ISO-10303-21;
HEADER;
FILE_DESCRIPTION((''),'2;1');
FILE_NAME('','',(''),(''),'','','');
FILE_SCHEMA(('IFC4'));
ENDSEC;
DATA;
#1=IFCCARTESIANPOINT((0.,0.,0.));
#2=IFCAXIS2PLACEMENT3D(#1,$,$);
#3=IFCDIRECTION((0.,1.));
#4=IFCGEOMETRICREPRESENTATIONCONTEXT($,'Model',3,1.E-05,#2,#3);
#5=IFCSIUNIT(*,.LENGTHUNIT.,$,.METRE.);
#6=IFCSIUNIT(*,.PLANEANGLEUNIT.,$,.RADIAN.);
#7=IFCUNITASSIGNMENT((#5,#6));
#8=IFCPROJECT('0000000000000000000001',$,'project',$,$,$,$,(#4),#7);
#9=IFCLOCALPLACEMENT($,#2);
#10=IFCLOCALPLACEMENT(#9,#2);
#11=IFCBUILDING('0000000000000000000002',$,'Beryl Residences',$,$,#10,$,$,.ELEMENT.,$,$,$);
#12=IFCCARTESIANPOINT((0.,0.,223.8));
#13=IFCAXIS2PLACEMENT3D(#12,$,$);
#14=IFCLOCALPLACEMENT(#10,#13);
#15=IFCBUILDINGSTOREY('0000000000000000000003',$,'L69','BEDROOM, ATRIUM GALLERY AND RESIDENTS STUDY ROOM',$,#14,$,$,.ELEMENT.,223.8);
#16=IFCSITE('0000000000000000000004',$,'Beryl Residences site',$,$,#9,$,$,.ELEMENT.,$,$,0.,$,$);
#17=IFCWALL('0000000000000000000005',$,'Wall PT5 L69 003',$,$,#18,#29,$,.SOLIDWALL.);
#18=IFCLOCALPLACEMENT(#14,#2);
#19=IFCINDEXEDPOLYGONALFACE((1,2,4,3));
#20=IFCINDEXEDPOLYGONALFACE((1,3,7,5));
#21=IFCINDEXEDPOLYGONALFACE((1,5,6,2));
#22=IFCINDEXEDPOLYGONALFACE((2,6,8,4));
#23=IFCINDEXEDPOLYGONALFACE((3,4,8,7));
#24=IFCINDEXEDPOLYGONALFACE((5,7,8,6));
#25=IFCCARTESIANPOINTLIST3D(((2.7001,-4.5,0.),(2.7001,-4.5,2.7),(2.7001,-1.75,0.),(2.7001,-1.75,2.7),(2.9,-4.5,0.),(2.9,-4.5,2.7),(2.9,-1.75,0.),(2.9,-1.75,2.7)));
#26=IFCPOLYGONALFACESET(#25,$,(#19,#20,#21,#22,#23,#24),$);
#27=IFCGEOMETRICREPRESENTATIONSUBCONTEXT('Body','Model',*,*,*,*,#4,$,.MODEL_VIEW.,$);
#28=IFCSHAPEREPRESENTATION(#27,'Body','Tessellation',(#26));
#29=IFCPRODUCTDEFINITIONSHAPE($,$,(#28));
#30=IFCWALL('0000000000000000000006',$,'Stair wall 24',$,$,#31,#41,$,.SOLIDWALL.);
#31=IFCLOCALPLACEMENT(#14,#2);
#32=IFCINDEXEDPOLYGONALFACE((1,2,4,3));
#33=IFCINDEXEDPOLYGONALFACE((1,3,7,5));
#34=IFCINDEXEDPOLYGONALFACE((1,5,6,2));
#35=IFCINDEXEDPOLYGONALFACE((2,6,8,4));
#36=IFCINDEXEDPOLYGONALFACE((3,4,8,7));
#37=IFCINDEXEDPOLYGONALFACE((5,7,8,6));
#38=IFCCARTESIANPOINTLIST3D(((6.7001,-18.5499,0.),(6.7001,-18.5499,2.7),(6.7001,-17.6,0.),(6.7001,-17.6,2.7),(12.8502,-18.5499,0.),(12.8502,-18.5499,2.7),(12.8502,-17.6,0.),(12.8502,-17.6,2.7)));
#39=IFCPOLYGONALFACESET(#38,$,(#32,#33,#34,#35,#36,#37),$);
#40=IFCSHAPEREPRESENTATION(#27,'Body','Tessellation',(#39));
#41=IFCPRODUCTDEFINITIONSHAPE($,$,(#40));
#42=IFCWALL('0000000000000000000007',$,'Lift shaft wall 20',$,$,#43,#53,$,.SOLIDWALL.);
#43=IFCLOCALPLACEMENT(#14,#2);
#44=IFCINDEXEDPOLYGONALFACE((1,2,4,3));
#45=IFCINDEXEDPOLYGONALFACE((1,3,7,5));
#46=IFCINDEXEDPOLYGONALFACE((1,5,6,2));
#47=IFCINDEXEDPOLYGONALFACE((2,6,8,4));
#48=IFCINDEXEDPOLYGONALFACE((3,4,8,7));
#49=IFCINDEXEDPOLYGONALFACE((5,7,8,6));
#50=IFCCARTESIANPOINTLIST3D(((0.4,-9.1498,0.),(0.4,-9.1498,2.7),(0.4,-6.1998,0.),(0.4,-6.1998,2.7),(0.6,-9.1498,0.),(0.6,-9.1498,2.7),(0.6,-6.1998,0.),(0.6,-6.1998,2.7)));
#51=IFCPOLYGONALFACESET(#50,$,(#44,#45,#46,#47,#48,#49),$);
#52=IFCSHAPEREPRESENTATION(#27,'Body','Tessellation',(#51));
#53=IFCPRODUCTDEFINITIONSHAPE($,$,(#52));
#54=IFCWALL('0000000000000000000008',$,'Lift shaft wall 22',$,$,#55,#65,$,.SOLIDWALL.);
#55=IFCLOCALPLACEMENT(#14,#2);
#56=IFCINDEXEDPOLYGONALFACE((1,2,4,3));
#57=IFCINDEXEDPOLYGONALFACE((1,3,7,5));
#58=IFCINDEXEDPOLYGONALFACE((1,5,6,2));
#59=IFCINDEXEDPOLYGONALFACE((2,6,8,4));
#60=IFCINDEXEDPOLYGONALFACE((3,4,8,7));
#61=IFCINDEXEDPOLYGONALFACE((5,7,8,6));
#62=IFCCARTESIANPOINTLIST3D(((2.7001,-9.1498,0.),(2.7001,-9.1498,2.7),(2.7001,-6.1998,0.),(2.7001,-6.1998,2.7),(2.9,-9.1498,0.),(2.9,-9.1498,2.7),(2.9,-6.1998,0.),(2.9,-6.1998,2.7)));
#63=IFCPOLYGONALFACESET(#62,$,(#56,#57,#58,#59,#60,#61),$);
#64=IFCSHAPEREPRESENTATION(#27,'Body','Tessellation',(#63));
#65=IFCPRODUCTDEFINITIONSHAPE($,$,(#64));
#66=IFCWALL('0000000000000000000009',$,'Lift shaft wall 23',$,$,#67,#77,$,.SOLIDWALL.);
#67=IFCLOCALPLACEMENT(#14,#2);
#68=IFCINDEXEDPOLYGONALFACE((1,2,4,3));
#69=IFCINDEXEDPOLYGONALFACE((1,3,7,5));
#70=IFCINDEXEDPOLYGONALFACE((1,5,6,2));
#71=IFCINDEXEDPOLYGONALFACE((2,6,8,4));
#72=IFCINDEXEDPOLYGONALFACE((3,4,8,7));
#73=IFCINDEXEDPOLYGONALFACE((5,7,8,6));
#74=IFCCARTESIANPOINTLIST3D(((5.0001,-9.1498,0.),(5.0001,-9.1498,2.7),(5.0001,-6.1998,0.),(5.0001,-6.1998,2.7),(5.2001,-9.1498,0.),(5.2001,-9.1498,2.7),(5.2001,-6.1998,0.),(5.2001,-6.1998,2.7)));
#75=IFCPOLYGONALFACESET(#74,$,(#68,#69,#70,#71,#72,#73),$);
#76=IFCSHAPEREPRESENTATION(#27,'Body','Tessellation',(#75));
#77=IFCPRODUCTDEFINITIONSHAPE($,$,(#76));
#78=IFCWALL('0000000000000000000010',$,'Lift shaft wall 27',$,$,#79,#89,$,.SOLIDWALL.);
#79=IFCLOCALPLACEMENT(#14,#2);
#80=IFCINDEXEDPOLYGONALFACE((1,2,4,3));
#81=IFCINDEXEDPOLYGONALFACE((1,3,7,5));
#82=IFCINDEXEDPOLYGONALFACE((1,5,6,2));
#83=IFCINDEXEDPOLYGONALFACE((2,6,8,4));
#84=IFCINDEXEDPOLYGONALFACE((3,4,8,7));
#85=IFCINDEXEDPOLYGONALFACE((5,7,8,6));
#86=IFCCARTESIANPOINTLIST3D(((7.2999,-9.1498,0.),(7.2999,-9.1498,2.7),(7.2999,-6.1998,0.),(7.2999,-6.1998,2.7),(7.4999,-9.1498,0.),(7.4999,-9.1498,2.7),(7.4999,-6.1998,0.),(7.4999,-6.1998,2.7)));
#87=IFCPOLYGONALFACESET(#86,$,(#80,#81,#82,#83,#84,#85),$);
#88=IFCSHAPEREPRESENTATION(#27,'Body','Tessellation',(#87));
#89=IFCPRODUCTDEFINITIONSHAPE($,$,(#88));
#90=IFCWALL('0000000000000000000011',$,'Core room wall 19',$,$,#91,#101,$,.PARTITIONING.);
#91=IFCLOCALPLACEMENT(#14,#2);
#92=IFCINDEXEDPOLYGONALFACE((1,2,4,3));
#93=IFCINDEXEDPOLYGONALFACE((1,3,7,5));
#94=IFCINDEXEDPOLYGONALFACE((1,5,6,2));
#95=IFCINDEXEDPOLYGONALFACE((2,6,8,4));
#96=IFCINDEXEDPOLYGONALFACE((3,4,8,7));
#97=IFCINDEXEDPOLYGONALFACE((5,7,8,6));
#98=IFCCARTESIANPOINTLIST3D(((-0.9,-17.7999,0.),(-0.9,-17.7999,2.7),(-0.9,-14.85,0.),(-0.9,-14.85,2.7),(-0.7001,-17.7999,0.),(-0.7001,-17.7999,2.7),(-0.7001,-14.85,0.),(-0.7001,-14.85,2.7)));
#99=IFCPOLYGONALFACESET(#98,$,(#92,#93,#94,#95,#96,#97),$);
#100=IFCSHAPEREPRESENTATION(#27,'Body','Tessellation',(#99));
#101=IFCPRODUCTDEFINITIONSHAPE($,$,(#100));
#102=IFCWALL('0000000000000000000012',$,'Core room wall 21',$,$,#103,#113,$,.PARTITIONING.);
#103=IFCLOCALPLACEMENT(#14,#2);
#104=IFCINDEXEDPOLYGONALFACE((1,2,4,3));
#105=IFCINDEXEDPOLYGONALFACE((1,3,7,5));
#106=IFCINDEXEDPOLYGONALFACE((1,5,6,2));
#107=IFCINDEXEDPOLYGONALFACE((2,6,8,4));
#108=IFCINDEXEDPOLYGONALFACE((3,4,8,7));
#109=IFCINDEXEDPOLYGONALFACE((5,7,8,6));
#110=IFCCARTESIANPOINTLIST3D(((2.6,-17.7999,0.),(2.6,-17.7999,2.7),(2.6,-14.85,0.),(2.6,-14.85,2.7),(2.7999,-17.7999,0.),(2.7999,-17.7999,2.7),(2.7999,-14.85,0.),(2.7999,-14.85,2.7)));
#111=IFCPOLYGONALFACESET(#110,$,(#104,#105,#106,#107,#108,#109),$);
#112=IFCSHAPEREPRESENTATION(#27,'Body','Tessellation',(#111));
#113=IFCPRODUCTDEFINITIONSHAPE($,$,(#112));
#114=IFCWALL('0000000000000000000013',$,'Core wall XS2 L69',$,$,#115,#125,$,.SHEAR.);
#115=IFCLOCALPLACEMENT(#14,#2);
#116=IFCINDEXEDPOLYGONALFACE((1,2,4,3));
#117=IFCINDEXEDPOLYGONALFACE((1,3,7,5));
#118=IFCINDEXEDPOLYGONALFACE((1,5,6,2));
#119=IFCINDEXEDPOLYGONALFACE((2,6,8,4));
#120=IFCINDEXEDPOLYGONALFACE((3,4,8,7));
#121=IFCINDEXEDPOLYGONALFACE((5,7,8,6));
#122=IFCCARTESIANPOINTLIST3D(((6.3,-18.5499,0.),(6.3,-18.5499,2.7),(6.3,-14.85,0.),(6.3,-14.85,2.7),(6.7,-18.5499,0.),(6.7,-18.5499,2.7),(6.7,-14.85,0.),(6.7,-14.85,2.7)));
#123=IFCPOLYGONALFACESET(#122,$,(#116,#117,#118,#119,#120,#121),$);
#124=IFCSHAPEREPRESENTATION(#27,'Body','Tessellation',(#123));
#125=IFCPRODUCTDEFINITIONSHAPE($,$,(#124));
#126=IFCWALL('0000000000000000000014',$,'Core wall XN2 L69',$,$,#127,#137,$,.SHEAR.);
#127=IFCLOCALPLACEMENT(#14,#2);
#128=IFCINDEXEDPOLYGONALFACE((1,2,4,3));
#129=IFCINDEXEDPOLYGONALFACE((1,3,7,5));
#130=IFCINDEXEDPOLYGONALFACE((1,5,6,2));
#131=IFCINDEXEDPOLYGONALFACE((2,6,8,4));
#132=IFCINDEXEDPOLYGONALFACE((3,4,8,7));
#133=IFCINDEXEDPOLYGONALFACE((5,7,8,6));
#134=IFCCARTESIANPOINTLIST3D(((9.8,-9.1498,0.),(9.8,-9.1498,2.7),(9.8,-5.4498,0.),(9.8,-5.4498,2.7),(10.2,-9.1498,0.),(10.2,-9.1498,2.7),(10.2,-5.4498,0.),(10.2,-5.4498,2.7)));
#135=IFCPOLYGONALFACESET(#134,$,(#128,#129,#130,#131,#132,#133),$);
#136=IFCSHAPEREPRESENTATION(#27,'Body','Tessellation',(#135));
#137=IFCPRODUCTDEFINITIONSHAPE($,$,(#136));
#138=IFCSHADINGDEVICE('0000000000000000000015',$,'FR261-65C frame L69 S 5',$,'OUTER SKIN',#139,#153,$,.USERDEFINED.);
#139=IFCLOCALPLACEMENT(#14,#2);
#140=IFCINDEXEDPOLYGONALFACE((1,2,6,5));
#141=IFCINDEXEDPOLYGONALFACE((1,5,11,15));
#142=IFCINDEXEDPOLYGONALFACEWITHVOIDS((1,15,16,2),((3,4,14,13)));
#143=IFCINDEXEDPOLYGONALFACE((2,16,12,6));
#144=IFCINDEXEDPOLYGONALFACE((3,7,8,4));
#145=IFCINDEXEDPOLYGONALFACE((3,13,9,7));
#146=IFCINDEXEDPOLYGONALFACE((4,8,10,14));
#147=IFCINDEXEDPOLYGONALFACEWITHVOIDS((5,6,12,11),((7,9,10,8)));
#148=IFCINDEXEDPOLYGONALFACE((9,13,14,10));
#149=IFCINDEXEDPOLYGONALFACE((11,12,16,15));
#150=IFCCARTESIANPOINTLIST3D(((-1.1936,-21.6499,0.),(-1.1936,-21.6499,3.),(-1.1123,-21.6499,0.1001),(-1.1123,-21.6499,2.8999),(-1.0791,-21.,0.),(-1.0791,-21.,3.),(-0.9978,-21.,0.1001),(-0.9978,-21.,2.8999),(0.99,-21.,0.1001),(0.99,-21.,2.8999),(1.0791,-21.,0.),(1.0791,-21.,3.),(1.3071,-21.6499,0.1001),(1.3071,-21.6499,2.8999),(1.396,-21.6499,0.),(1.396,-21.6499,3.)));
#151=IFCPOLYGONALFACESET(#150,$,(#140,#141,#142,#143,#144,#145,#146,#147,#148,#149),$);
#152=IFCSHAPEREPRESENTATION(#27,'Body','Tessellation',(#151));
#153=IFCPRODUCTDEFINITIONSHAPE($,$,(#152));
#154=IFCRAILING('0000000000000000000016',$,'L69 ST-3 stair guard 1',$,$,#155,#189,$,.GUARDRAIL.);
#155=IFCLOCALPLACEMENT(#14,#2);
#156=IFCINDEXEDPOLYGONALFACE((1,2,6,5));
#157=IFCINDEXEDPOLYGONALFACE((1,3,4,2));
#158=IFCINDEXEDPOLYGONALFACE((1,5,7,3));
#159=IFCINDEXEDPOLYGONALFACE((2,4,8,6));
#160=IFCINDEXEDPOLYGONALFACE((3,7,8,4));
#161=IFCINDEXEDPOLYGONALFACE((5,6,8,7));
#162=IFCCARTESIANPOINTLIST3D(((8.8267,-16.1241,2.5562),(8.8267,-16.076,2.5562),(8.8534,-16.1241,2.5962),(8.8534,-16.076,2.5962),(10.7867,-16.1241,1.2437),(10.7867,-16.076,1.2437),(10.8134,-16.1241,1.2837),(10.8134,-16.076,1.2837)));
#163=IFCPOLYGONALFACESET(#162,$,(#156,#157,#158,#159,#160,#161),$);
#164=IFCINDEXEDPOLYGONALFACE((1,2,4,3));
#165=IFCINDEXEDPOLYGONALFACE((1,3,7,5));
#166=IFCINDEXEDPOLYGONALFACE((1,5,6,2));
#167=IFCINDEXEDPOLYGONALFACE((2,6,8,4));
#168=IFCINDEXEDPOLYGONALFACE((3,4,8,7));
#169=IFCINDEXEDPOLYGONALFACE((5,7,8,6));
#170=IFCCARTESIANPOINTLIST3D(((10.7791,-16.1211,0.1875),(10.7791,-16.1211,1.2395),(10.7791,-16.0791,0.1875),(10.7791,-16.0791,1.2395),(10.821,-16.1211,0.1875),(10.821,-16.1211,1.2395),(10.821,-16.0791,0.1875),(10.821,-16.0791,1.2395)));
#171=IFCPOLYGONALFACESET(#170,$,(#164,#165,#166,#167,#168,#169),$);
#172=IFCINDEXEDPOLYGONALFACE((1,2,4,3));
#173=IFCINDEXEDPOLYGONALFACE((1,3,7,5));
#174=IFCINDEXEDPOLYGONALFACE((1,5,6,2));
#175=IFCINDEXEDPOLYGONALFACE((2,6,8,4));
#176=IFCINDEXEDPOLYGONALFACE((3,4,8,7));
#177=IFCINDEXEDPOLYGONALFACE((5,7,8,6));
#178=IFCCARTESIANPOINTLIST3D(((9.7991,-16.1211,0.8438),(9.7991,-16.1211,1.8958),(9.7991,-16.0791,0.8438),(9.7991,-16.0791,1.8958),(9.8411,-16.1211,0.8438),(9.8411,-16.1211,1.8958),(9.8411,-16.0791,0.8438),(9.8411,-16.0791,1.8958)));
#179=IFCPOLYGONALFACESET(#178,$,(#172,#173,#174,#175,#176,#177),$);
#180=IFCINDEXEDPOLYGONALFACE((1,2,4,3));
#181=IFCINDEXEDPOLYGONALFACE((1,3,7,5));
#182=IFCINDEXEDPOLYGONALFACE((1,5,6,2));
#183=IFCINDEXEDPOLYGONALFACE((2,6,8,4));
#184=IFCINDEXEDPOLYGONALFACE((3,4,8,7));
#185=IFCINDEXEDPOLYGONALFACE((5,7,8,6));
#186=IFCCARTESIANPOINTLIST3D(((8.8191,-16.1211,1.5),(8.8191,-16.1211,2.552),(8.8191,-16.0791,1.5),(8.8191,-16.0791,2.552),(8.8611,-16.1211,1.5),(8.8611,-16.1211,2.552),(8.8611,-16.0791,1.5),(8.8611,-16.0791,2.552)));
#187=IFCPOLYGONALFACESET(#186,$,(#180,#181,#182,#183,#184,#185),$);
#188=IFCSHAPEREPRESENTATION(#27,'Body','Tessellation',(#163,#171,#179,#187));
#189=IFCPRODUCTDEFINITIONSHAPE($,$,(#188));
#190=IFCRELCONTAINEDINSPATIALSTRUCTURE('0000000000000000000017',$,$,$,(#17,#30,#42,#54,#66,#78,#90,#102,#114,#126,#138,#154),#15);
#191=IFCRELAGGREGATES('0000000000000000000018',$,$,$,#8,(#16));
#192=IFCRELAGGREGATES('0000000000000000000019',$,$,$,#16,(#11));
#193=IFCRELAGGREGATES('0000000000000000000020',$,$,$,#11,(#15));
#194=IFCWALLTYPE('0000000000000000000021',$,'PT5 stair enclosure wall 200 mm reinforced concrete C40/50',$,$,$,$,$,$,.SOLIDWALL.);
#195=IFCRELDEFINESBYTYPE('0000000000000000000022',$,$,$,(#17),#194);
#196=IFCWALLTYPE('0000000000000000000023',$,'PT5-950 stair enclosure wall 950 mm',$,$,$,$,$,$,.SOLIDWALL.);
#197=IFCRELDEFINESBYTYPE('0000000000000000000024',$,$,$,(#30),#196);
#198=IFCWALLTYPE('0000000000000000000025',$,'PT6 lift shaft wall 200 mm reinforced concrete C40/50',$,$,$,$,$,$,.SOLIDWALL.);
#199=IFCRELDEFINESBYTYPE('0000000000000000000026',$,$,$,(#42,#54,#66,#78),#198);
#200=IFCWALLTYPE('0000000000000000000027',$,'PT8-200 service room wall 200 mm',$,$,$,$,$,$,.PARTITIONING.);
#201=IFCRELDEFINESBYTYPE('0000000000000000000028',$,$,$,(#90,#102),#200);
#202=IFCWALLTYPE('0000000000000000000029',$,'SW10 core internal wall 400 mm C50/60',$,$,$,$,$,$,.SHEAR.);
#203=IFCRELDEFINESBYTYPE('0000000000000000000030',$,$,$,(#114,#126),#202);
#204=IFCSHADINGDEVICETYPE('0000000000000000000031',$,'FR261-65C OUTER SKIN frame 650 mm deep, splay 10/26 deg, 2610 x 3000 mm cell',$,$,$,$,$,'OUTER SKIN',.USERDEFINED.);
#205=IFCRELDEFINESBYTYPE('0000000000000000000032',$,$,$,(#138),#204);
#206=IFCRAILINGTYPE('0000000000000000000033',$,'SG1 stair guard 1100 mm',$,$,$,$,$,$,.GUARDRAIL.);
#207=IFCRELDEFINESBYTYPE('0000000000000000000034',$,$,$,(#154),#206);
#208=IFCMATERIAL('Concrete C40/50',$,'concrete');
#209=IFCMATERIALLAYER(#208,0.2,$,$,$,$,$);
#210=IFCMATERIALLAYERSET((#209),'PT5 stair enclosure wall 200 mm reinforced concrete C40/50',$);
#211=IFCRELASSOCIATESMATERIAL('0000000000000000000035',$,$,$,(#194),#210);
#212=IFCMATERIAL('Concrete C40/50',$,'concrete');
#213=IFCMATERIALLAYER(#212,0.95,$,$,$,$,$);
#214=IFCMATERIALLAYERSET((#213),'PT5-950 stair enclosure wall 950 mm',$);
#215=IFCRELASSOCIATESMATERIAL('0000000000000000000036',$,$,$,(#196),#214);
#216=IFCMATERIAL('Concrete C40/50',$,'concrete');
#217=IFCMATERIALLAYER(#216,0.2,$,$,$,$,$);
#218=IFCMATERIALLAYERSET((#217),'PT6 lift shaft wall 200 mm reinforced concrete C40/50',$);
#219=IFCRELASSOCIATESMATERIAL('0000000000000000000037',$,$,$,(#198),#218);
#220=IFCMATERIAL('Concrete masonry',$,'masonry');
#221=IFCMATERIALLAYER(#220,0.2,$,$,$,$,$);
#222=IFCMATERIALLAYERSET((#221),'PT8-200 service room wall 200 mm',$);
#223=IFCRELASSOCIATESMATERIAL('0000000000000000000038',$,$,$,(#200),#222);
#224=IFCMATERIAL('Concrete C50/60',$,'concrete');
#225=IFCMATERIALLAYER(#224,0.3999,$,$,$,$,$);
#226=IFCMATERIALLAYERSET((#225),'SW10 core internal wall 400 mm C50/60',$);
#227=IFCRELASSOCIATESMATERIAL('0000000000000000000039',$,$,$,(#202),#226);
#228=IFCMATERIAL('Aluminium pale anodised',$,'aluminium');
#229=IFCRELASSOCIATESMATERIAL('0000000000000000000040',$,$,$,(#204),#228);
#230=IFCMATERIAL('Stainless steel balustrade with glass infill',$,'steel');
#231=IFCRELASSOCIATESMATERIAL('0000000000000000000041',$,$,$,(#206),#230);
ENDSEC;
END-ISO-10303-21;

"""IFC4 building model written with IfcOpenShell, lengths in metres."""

from ifc_helpers import new_model, entity, si_unit, direction, frame, frame_2d, origin, origin_2d, place, context, subcontext, project, spatial, rectangle, extrude, source, transform, mapped, material, layer, layer_set, type_object, type_shapes, element, save


model = new_model("IFC4")

# Units and contexts
model_context = context("Model", 3, precision=1e-05, world=origin(), true_north=direction((0.0, 1.0)))
body_context = subcontext(model_context, "Body", "Model", "MODEL_VIEW")
ifc_project = project(units=[si_unit("LENGTHUNIT", "METRE"), si_unit("PLANEANGLEUNIT", "RADIAN")], contexts=[model_context])

# Site, building, storey
site_placement = place(None, origin())
site = spatial("IfcSite", under=ifc_project, at=site_placement, Name="Beryl Residences site", CompositionType="ELEMENT", RefElevation=0.0)
building_placement = place(site_placement, origin())
building = spatial("IfcBuilding", under=site, at=building_placement, Name="Beryl Residences", CompositionType="ELEMENT")
storey_placement = place(building_placement, frame((0.0, 0.0, 223.8)))
storey = spatial("IfcBuildingStorey", under=building, at=storey_placement, Name="L69", Description="BEDROOM, ATRIUM GALLERY AND RESIDENTS STUDY ROOM", CompositionType="ELEMENT", Elevation=223.8)

# Walls
ifc_material_1 = material(Name="Concrete C40/50", Category="concrete")
ifc_layer_1 = layer(ifc_material_1, 0.2)
ifc_layer_set_1 = layer_set([ifc_layer_1], Name="PT5 stair enclosure wall 200 mm reinforced concrete C40/50")
wall_type_1 = type_object("IfcWallType", Name="PT5 stair enclosure wall 200 mm reinforced concrete C40/50", PredefinedType="SOLIDWALL", material=ifc_layer_set_1)
wall_1_placement = place(storey_placement, frame((2.8, -4.5, 0.0), z_axis=(0.0, 0.0, 1.0), x_axis=(0.0, 1.0, 0.0)))
element("IfcWall", 1, at=wall_1_placement, inside=storey, type_object=wall_type_1, Name="Wall PT5 L69 003", PredefinedType="SOLIDWALL", context=body_context, shape_type="SweptSolid", body=[
    extrude(rectangle(XDim=2.75, YDim=0.2, at=frame_2d((1.375, 0.0))), origin(), (0.0, 0.0, 1.0), 2.7),
])
ifc_material_2 = material(Name="Concrete C40/50", Category="concrete")
ifc_layer_2 = layer(ifc_material_2, 0.95)
ifc_layer_set_2 = layer_set([ifc_layer_2], Name="PT5-950 stair enclosure wall 950 mm")
wall_type_2 = type_object("IfcWallType", Name="PT5-950 stair enclosure wall 950 mm", PredefinedType="SOLIDWALL", material=ifc_layer_set_2)
wall_2_placement = place(storey_placement, frame((6.7, -18.075, 0.0), z_axis=(0.0, 0.0, 1.0), x_axis=(1.0, 0.0, 0.0)))
element("IfcWall", 2, at=wall_2_placement, inside=storey, type_object=wall_type_2, Name="Stair wall 24", PredefinedType="SOLIDWALL", context=body_context, shape_type="SweptSolid", body=[
    extrude(rectangle(XDim=6.1501, YDim=0.95, at=frame_2d((3.0752, 0.0))), origin(), (0.0, 0.0, 1.0), 2.7),
])
ifc_material_3 = material(Name="Concrete C40/50", Category="concrete")
ifc_layer_3 = layer(ifc_material_3, 0.2)
ifc_layer_set_3 = layer_set([ifc_layer_3], Name="PT6 lift shaft wall 200 mm reinforced concrete C40/50")
wall_type_3 = type_object("IfcWallType", Name="PT6 lift shaft wall 200 mm reinforced concrete C40/50", PredefinedType="SOLIDWALL", material=ifc_layer_set_3)
for number, where, z_axis, x_axis, name in (
    (3, (0.5, -9.1499, 0.0), (0.0, 0.0, 1.0), (0.0, 1.0, 0.0), "Lift shaft wall 20"),
    (4, (2.8, -9.1499, 0.0), (0.0, 0.0, 1.0), (0.0, 1.0, 0.0), "Lift shaft wall 22"),
    (5, (5.1001, -9.1499, 0.0), (0.0, 0.0, 1.0), (0.0, 1.0, 0.0), "Lift shaft wall 23"),
    (6, (7.3999, -9.1499, 0.0), (0.0, 0.0, 1.0), (0.0, 1.0, 0.0), "Lift shaft wall 27"),
):
    element("IfcWall", number, at=place(storey_placement, frame(where, z_axis=z_axis, x_axis=x_axis)), inside=storey, type_object=wall_type_3, Name=name, PredefinedType="SOLIDWALL", context=body_context, shape_type="SweptSolid", body=[
        extrude(rectangle(XDim=2.95, YDim=0.2, at=frame_2d((1.4751, 0.0))), origin(), (0.0, 0.0, 1.0), 2.7),
    ])
ifc_material_4 = material(Name="Concrete masonry", Category="masonry")
ifc_layer_4 = layer(ifc_material_4, 0.2)
ifc_layer_set_4 = layer_set([ifc_layer_4], Name="PT8-200 service room wall 200 mm")
wall_type_4 = type_object("IfcWallType", Name="PT8-200 service room wall 200 mm", PredefinedType="PARTITIONING", material=ifc_layer_set_4)
for number, where, z_axis, x_axis, name in (
    (7, (-0.8, -17.8, 0.0), (0.0, 0.0, 1.0), (0.0, 1.0, 0.0), "Core room wall 19"),
    (8, (2.7, -17.8, 0.0), (0.0, 0.0, 1.0), (0.0, 1.0, 0.0), "Core room wall 21"),
):
    element("IfcWall", number, at=place(storey_placement, frame(where, z_axis=z_axis, x_axis=x_axis)), inside=storey, type_object=wall_type_4, Name=name, PredefinedType="PARTITIONING", context=body_context, shape_type="SweptSolid", body=[
        extrude(rectangle(XDim=2.95, YDim=0.2, at=frame_2d((1.4751, 0.0))), origin(), (0.0, 0.0, 1.0), 2.7),
    ])
ifc_material_5 = material(Name="Concrete C50/60", Category="concrete")
ifc_layer_5 = layer(ifc_material_5, 0.3999)
ifc_layer_set_5 = layer_set([ifc_layer_5], Name="SW10 core internal wall 400 mm C50/60")
wall_type_5 = type_object("IfcWallType", Name="SW10 core internal wall 400 mm C50/60", PredefinedType="SHEAR", material=ifc_layer_set_5)
for number, where, z_axis, x_axis, name in (
    (9, (6.5, -18.55, 0.0), (0.0, 0.0, 1.0), (0.0, 1.0, 0.0), "Core wall XS2 L69"),
    (10, (10.0, -9.1499, 0.0), (0.0, 0.0, 1.0), (0.0, 1.0, 0.0), "Core wall XN2 L69"),
):
    element("IfcWall", number, at=place(storey_placement, frame(where, z_axis=z_axis, x_axis=x_axis)), inside=storey, type_object=wall_type_5, Name=name, PredefinedType="SHEAR", context=body_context, shape_type="SweptSolid", body=[
        extrude(rectangle(XDim=3.7, YDim=0.3999, at=frame_2d((1.8501, 0.0))), origin(), (0.0, 0.0, 1.0), 2.7),
    ])

# Shading device
ifc_material_6 = material(Name="Aluminium pale anodised", Category="aluminium")
shading_device_type_1 = type_object("IfcShadingDeviceType", Name="FR261-65C OUTER SKIN frame 650 mm deep, splay 10/26 deg, 2610 x 3000 mm cell", ElementType="OUTER SKIN", PredefinedType="USERDEFINED", material=ifc_material_6)
cartesian_point_1 = entity("IfcCartesianPoint", [-1.0791, 0.0])
cartesian_point_2 = entity("IfcCartesianPoint", [-0.9978, 0.1001])
cartesian_point_3 = entity("IfcCartesianPoint", [-1.1936, 0.0])
cartesian_point_4 = entity("IfcCartesianPoint", [-1.1123, 0.1001])
shared_shape_1 = source(origin(), body_context, "Body", "SweptSolid", [
    entity("IfcExtrudedAreaSolidTapered", entity("IfcArbitraryProfileDefWithVoids", "AREA", None, entity("IfcPolyline", [cartesian_point_1, entity("IfcCartesianPoint", [1.0791, 0.0]), entity("IfcCartesianPoint", [1.0791, 3.0]), entity("IfcCartesianPoint", [-1.0791, 3.0]), cartesian_point_1]), [entity("IfcPolyline", [cartesian_point_2, entity("IfcCartesianPoint", [0.99, 0.1001]), entity("IfcCartesianPoint", [0.99, 2.8999]), entity("IfcCartesianPoint", [-0.9978, 2.8999]), cartesian_point_2])]), entity("IfcAxis2Placement3D", entity("IfcCartesianPoint", [0.0, 0.0, 0.0]), entity("IfcDirection", [0.0, 1.0, 0.0]), entity("IfcDirection", [-1.0, 0.0, 0.0])), entity("IfcDirection", [0.0, 0.0, 1.0]), 0.6499, entity("IfcArbitraryProfileDefWithVoids", "AREA", None, entity("IfcPolyline", [cartesian_point_3, entity("IfcCartesianPoint", [1.396, 0.0]), entity("IfcCartesianPoint", [1.396, 3.0]), entity("IfcCartesianPoint", [-1.1936, 3.0]), cartesian_point_3]), [entity("IfcPolyline", [cartesian_point_4, entity("IfcCartesianPoint", [1.3071, 0.1001]), entity("IfcCartesianPoint", [1.3071, 2.8999]), entity("IfcCartesianPoint", [-1.1123, 2.8999]), cartesian_point_4])])),
])
type_shapes(shading_device_type_1, [shared_shape_1])
for number, where, z_axis, x_axis, name in (
    (11, (0.0, -21.0, 0.0), (0.0, 0.0, 1.0), (-1.0, 0.0, 0.0), "FR261-65C frame L69 S 5"),
):
    element("IfcShadingDevice", number, at=place(storey_placement, frame(where, z_axis=z_axis, x_axis=x_axis)), inside=storey, type_object=shading_device_type_1, Name=name, ObjectType="OUTER SKIN", PredefinedType="USERDEFINED", context=body_context, shape_type="MappedRepresentation", body=[
        mapped(shared_shape_1, transform((0.0, 0.0, 0.0))),
    ])

# Railing
ifc_material_7 = material(Name="Stainless steel balustrade with glass infill", Category="steel")
railing_type_1 = type_object("IfcRailingType", Name="SG1 stair guard 1100 mm", PredefinedType="GUARDRAIL", material=ifc_material_7)
railing_1_placement = place(storey_placement, frame((10.8, -16.1001, 0.1875)))
element("IfcRailing", 12, at=railing_1_placement, inside=storey, type_object=railing_type_1, Name="L69 ST-3 stair guard 1", PredefinedType="GUARDRAIL", context=body_context, shape_type="SweptSolid", body=[
    extrude(rectangle(XDim=0.0481, YDim=0.0481, at=origin_2d()), frame((0.0, 0.0, 1.0762), z_axis=(-0.830902, 0.0, 0.556419), x_axis=(0.0, -1.0, 0.0)), (0.0, 0.0, 1.0), 2.3589),
    extrude(rectangle(XDim=0.042, YDim=0.042, at=origin_2d()), origin(), (0.0, 0.0, 1.0), 1.052),
    extrude(rectangle(XDim=0.042, YDim=0.042, at=origin_2d()), frame((-0.98, 0.0, 0.6562)), (0.0, 0.0, 1.0), 1.052),
    extrude(rectangle(XDim=0.042, YDim=0.042, at=origin_2d()), frame((-1.96, 0.0, 1.3125)), (0.0, 0.0, 1.0), 1.052),
])

save(model, "model.ifc")
